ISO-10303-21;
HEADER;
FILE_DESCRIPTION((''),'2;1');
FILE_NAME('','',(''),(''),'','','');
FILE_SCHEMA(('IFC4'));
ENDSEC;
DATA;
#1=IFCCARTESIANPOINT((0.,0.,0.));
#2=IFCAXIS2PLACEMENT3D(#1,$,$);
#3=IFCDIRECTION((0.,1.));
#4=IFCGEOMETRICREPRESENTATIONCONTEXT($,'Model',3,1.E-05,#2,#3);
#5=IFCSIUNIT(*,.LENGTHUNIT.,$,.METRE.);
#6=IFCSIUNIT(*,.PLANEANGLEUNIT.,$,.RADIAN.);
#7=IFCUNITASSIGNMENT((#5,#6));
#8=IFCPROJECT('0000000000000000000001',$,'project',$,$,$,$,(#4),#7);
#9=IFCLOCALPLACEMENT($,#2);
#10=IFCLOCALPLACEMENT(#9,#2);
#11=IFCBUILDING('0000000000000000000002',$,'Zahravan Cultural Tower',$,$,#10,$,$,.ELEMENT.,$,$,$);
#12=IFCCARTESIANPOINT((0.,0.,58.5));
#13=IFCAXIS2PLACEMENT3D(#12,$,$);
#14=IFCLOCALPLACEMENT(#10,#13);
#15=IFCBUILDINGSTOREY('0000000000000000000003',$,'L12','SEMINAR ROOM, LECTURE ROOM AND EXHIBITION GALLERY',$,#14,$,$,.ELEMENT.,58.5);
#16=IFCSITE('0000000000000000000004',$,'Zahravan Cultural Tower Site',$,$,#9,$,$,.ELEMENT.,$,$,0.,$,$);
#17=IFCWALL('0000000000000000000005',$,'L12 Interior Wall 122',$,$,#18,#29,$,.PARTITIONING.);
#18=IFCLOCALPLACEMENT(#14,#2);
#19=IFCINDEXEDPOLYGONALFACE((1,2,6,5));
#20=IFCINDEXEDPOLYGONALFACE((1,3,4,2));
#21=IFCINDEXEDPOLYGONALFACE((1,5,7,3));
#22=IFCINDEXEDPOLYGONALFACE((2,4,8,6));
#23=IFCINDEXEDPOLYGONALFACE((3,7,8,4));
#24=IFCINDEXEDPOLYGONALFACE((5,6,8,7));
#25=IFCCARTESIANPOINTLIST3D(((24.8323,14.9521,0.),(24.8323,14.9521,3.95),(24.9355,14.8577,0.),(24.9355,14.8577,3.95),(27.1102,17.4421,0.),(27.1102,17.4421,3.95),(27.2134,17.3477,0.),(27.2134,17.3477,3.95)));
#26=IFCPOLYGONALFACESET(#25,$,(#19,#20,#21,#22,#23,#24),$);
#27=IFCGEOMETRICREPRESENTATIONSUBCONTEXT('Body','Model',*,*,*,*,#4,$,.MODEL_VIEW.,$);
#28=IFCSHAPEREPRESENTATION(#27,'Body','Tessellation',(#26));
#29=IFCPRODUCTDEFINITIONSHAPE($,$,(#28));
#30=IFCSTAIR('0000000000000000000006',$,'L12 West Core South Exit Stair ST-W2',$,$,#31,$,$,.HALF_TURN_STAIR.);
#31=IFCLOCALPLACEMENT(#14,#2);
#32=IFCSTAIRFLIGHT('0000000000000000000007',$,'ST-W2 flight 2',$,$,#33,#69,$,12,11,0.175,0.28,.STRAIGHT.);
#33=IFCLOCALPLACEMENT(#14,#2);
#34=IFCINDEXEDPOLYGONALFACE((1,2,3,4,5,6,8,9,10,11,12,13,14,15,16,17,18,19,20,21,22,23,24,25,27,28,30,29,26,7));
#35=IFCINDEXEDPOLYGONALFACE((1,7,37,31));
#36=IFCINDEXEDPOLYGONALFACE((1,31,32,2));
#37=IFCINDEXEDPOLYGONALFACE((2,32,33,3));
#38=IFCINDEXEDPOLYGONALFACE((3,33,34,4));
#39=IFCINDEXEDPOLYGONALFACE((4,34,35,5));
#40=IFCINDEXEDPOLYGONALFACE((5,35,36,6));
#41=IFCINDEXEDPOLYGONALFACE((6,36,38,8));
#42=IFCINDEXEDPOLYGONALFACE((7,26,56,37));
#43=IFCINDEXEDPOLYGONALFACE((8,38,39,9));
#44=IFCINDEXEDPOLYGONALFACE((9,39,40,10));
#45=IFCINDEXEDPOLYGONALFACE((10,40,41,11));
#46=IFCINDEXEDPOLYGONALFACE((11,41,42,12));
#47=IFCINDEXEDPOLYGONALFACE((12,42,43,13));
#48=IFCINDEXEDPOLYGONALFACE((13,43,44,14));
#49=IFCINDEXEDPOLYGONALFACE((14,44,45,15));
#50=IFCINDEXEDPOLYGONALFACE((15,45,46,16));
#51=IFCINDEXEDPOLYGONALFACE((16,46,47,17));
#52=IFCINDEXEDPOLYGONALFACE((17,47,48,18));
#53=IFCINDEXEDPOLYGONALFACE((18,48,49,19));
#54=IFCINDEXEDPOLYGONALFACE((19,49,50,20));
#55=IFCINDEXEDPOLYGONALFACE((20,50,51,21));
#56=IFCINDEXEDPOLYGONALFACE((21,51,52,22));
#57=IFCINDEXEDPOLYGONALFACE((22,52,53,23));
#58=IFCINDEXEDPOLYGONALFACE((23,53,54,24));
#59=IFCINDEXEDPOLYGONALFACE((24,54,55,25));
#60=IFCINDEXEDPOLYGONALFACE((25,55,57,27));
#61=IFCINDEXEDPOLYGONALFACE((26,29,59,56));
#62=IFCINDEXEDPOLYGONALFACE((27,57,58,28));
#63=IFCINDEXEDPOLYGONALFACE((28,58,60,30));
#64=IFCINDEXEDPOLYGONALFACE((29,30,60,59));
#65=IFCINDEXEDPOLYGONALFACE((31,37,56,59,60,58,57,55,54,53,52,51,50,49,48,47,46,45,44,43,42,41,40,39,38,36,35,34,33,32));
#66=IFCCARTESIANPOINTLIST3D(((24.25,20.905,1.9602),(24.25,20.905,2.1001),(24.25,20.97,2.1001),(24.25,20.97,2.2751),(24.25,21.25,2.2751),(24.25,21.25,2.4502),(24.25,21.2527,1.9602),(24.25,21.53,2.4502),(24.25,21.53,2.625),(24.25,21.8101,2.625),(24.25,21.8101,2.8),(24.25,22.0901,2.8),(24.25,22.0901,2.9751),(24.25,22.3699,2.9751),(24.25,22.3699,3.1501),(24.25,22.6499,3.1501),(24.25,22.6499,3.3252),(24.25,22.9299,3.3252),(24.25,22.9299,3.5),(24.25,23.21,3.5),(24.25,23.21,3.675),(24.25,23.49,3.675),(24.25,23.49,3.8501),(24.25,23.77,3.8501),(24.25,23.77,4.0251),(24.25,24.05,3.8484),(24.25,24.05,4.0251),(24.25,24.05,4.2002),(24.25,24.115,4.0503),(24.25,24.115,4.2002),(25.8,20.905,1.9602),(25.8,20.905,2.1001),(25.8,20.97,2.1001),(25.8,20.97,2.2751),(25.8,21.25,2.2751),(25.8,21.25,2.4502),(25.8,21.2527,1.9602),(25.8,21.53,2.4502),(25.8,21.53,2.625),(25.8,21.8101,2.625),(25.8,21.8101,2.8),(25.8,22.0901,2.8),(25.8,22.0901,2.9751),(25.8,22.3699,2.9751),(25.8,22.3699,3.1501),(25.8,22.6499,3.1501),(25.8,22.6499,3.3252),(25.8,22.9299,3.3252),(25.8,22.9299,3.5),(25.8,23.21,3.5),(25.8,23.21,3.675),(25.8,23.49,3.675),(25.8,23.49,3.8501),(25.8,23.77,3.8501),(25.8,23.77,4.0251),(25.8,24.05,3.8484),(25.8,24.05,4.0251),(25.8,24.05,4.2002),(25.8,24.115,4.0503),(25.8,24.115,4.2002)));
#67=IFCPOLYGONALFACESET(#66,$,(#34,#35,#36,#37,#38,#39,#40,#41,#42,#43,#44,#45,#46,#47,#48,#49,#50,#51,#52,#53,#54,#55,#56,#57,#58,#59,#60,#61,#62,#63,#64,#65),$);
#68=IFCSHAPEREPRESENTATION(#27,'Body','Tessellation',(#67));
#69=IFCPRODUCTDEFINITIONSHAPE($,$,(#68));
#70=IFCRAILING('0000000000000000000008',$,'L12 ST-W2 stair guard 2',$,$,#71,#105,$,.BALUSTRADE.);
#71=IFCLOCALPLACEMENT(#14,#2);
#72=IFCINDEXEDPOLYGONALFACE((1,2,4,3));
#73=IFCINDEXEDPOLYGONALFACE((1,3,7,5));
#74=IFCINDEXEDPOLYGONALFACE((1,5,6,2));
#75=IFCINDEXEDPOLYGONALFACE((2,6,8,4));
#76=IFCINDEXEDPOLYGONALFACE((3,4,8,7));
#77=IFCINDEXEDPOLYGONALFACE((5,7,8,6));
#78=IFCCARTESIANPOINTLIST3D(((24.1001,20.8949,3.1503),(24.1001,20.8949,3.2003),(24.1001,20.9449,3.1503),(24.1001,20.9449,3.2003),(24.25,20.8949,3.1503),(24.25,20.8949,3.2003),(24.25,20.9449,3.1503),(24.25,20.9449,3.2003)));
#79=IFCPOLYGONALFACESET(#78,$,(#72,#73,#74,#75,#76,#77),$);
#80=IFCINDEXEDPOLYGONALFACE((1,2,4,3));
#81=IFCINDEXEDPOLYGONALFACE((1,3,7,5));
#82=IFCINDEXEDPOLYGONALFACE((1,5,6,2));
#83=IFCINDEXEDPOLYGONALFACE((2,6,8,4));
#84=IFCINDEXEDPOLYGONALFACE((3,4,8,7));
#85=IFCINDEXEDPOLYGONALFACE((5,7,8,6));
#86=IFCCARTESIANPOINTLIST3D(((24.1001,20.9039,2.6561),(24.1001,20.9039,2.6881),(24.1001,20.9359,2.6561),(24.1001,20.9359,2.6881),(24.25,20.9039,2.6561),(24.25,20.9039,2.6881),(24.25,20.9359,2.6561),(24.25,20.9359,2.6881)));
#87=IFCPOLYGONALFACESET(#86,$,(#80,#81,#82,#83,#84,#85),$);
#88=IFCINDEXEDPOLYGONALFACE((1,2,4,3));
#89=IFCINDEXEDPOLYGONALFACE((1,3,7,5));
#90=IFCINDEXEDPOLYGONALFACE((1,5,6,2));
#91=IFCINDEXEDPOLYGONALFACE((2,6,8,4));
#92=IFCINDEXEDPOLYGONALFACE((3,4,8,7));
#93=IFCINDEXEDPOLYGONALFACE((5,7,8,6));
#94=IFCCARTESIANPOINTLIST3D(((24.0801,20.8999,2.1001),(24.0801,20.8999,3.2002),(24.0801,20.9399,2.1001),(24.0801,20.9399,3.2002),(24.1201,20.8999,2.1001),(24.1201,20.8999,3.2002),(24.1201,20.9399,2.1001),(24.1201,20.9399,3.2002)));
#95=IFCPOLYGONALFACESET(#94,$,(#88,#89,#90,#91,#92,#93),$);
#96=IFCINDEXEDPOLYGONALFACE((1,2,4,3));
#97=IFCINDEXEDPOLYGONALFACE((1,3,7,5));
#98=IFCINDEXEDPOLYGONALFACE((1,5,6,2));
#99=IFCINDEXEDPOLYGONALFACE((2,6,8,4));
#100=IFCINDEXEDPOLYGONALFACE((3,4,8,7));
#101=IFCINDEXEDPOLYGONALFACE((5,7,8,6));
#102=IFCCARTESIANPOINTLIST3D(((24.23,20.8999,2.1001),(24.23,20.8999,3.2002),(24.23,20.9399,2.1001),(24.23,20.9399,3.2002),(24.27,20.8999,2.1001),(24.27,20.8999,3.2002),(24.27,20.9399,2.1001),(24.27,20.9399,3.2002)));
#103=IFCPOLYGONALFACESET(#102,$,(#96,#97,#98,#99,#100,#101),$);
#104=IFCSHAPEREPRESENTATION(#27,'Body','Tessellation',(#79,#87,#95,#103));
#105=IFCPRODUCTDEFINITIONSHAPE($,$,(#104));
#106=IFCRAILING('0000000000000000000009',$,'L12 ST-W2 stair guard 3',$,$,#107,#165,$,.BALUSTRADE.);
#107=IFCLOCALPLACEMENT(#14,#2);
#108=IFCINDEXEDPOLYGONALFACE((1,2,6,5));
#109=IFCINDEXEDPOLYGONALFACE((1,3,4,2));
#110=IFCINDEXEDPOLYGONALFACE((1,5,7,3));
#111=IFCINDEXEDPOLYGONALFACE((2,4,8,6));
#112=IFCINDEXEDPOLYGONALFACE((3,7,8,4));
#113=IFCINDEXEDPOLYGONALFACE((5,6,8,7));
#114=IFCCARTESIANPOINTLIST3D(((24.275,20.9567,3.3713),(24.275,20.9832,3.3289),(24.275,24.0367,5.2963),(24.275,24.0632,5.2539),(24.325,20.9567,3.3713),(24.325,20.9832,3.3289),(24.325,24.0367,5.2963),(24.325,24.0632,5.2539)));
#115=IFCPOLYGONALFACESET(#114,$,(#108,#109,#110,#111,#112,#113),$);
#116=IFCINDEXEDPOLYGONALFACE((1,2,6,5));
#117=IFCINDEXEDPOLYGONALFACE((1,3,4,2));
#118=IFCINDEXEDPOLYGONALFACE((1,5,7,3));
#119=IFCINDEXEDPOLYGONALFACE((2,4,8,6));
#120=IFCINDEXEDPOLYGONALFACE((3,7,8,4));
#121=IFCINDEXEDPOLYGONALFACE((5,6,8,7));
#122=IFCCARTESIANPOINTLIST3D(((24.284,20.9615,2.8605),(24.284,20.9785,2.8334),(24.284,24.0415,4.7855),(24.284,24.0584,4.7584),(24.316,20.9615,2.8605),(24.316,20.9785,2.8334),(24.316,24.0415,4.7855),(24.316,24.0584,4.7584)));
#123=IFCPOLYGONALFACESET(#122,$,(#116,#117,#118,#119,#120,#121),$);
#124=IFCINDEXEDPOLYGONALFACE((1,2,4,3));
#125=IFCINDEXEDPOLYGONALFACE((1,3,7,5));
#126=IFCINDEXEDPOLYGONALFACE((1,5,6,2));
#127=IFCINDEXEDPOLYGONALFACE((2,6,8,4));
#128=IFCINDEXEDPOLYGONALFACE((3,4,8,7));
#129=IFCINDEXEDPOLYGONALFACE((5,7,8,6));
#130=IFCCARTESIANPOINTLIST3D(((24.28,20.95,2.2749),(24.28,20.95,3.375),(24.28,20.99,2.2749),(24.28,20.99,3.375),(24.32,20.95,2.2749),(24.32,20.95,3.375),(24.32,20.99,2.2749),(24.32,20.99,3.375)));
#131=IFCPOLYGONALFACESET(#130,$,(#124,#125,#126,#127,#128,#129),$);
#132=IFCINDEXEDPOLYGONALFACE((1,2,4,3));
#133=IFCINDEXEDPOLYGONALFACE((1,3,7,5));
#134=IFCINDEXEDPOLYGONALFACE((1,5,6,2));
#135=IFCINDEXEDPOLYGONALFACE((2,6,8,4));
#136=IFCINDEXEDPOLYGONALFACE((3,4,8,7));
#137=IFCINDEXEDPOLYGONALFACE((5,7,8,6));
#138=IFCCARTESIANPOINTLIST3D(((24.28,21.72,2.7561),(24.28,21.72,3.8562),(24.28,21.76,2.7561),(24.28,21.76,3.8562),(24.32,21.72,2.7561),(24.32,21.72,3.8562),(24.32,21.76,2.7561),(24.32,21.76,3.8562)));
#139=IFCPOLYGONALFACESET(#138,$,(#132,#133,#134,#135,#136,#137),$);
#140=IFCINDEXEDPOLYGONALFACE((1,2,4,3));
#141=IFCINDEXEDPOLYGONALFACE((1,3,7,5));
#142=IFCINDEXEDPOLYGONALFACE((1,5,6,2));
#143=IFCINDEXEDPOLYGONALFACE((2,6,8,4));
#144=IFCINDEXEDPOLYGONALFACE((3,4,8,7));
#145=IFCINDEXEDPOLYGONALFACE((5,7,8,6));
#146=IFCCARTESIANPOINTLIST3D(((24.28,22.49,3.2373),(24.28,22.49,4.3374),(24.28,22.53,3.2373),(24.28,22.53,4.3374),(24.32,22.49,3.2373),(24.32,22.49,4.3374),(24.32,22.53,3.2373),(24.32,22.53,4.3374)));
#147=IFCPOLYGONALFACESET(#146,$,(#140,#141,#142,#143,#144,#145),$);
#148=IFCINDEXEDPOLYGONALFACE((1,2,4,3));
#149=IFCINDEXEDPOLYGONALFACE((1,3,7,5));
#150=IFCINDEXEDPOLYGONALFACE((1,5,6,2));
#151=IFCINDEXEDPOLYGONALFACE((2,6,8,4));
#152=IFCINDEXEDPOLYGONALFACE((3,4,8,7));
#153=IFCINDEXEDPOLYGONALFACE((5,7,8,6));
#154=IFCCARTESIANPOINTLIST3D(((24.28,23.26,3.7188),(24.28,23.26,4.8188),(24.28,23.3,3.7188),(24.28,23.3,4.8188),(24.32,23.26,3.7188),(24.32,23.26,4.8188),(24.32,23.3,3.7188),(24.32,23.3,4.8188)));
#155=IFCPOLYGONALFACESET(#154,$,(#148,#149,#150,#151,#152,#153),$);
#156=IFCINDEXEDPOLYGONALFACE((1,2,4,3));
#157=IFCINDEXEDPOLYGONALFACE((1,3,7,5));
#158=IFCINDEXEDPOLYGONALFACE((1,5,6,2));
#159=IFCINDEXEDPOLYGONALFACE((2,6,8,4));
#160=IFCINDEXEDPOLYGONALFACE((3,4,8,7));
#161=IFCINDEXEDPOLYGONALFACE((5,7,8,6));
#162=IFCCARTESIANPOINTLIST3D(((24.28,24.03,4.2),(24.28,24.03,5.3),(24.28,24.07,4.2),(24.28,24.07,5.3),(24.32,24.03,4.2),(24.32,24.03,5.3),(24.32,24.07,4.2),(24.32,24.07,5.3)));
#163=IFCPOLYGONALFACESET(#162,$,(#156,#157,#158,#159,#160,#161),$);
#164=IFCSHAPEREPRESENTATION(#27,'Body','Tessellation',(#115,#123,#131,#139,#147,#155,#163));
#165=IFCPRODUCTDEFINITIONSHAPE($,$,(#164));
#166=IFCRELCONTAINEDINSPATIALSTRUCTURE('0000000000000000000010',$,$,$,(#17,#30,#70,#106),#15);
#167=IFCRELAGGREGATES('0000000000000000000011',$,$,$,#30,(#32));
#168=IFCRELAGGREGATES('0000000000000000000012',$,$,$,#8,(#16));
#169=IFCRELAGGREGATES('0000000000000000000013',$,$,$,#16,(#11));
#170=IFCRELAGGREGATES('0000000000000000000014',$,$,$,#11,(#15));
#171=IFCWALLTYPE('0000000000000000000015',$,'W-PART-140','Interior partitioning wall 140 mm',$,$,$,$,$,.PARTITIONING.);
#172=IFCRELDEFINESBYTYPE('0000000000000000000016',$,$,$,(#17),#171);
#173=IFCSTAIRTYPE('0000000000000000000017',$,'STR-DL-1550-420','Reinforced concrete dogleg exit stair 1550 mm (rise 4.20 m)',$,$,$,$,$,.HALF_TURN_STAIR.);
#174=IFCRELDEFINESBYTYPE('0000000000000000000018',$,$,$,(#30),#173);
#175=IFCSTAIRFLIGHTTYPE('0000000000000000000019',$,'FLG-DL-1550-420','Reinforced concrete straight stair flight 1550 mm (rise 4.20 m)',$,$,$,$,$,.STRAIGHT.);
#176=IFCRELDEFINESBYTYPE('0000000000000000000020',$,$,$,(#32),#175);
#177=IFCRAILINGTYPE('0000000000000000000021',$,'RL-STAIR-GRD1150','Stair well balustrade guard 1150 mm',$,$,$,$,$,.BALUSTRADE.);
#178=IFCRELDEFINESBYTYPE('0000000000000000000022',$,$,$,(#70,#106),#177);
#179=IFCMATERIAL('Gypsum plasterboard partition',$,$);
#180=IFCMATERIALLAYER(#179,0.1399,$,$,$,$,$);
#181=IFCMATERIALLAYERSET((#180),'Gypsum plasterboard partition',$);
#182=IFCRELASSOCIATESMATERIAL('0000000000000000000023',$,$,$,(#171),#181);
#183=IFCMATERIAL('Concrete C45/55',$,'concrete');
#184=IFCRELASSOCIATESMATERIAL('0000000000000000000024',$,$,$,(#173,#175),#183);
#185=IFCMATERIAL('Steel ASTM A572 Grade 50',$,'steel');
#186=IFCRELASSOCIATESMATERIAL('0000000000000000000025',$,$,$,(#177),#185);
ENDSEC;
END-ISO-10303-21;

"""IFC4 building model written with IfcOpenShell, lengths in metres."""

from ifc_helpers import new_model, si_unit, direction, frame, frame_2d, origin, origin_2d, place, context, subcontext, project, spatial, polyline, rectangle, outline, extrude, source, transform, mapped, material, layer, layer_set, type_object, element, aggregate, save


model = new_model("IFC4")

# Units and contexts
model_context = context("Model", 3, precision=1e-05, world=origin(), true_north=direction((0.0, 1.0)))
body_context = subcontext(model_context, "Body", "Model", "MODEL_VIEW")
ifc_project = project(units=[si_unit("LENGTHUNIT", "METRE"), si_unit("PLANEANGLEUNIT", "RADIAN")], contexts=[model_context])

# Site, building, storey
site_placement = place(None, origin())
site = spatial("IfcSite", under=ifc_project, at=site_placement, Name="Zahravan Cultural Tower Site", CompositionType="ELEMENT", RefElevation=0.0)
building_placement = place(site_placement, origin())
building = spatial("IfcBuilding", under=site, at=building_placement, Name="Zahravan Cultural Tower", CompositionType="ELEMENT")
storey_placement = place(building_placement, frame((0.0, 0.0, 58.5)))
storey = spatial("IfcBuildingStorey", under=building, at=storey_placement, Name="L12", Description="SEMINAR ROOM, LECTURE ROOM AND EXHIBITION GALLERY", CompositionType="ELEMENT", Elevation=58.5)

# Shared definitions
ifc_material_1 = material(Name="Steel ASTM A572 Grade 50", Category="steel")

# Shared definitions
ifc_material_2 = material(Name="Gypsum plasterboard partition")
ifc_layer_1 = layer(ifc_material_2, 0.1399)
ifc_layer_set_1 = layer_set([ifc_layer_1], Name="Gypsum plasterboard partition")
wall_type_1 = type_object("IfcWallType", Name="W-PART-140", Description="Interior partitioning wall 140 mm", PredefinedType="PARTITIONING", material=ifc_layer_set_1)
ifc_material_3 = material(Name="Concrete C45/55", Category="concrete")

# Wall
shared_shape_1 = source(origin(), body_context, "Body", "SweptSolid", [
    extrude(rectangle(XDim=3.3748, YDim=0.1399, at=frame_2d((1.6875, 0.0))), origin(), (0.0, 0.0, 1.0), 3.95),
])
wall_1_placement = place(storey_placement, frame((27.1619, 17.395, 0.0), z_axis=(0.0, 0.0, 1.0), x_axis=(-0.674974, -0.737841, 0.0)))
element("IfcWall", 1, at=wall_1_placement, inside=storey, type_object=wall_type_1, Name="L12 Interior Wall 122", PredefinedType="PARTITIONING", context=body_context, shape_type="MappedRepresentation", body=[
    mapped(shared_shape_1, transform((0.0, 0.0, 0.0), x_axis=(1.0, 0.0, 0.0), y_axis=(0.0, 1.0, 0.0), z_axis=(0.0, 0.0, 1.0), scale=1.0)),
])

# Stair, stair flight
stair_type = type_object("IfcStairType", Name="STR-DL-1550-420", Description="Reinforced concrete dogleg exit stair 1550 mm (rise 4.20 m)", PredefinedType="HALF_TURN_STAIR", material=ifc_material_3)
stair_placement = place(storey_placement, origin())
stair = element("IfcStair", 2, at=stair_placement, inside=storey, type_object=stair_type, Name="L12 West Core South Exit Stair ST-W2", PredefinedType="HALF_TURN_STAIR")
stair_flight_type = type_object("IfcStairFlightType", Name="FLG-DL-1550-420", Description="Reinforced concrete straight stair flight 1550 mm (rise 4.20 m)", PredefinedType="STRAIGHT", material=ifc_material_3)
stair_flight_placement = place(storey_placement, frame((25.0249, 20.97, 2.1001), z_axis=(0.0, 0.0, 1.0), x_axis=(0.0, 1.0, 0.0)))
stair_flight = element("IfcStairFlight", 3, at=stair_flight_placement, type_object=stair_flight_type, Name="ST-W2 flight 2", NumberOfRisers=12, NumberOfTreads=11, PredefinedType="STRAIGHT", RiserHeight=0.175, TreadLength=0.28, context=body_context, shape_type="SweptSolid", body=[
    extrude(outline(polyline([(-0.0649, -0.1399), (-0.0649, 0.0), (0.0, 0.0), (0.0, 0.175), (0.28, 0.175), (0.28, 0.3501), (0.5601, 0.3501), (0.5601, 0.5249), (0.8401, 0.5249), (0.8401, 0.7), (1.1201, 0.7), (1.1201, 0.875), (1.3999, 0.875), (1.3999, 1.05), (1.6799, 1.05), (1.6799, 1.2251), (1.96, 1.2251), (1.96, 1.3999), (2.24, 1.3999), (2.24, 1.575), (2.52, 1.575), (2.52, 1.75), (2.8, 1.75), (2.8, 1.925), (3.0801, 1.925), (3.0801, 2.1001), (3.145, 2.1001), (3.145, 1.9502), (3.0801, 1.7483), (0.2827, -0.1399), (-0.0649, -0.1399)])), frame((0.0, 0.7749, 0.0), z_axis=(0.0, -1.0, 0.0), x_axis=(1.0, 0.0, 0.0)), (0.0, 0.0, 1.0), 1.55),
])
aggregate(stair, [stair_flight])

# Railings
railing_type_1 = type_object("IfcRailingType", Name="RL-STAIR-GRD1150", Description="Stair well balustrade guard 1150 mm", PredefinedType="BALUSTRADE", material=ifc_material_1)
railing_1_placement = place(storey_placement, frame((24.1001, 20.9199, 2.1001)))
element("IfcRailing", 4, at=railing_1_placement, inside=storey, type_object=railing_type_1, Name="L12 ST-W2 stair guard 2", PredefinedType="BALUSTRADE", context=body_context, shape_type="SweptSolid", body=[
    extrude(rectangle(XDim=0.05, YDim=0.05, at=origin_2d()), frame((0.0, 0.0, 1.0752), z_axis=(1.0, 0.0, 0.0), x_axis=(0.0, 1.0, 0.0)), (0.0, 0.0, 1.0), 0.1499),
    extrude(rectangle(XDim=0.032, YDim=0.032, at=origin_2d()), frame((0.0, 0.0, 0.572), z_axis=(1.0, 0.0, 0.0), x_axis=(0.0, 1.0, 0.0)), (0.0, 0.0, 1.0), 0.1499),
    extrude(rectangle(XDim=0.04, YDim=0.04, at=origin_2d()), origin(), (0.0, 0.0, 1.0), 1.1001),
    extrude(rectangle(XDim=0.04, YDim=0.04, at=origin_2d()), frame((0.1499, 0.0, 0.0)), (0.0, 0.0, 1.0), 1.1001),
])
railing_2_placement = place(storey_placement, frame((24.3, 20.97, 2.2749)))
element("IfcRailing", 5, at=railing_2_placement, inside=storey, type_object=railing_type_1, Name="L12 ST-W2 stair guard 3", PredefinedType="BALUSTRADE", context=body_context, shape_type="SweptSolid", body=[
    extrude(rectangle(XDim=0.05, YDim=0.05, at=origin_2d()), frame((0.0, 0.0, 1.0752), z_axis=(0.0, 0.847998, 0.529999), x_axis=(-1.0, 0.0, 0.0)), (0.0, 0.0, 1.0), 3.6321),
    extrude(rectangle(XDim=0.032, YDim=0.032, at=origin_2d()), frame((0.0, 0.0, 0.572), z_axis=(0.0, 0.847998, 0.529999), x_axis=(-1.0, 0.0, 0.0)), (0.0, 0.0, 1.0), 3.6321),
    extrude(rectangle(XDim=0.04, YDim=0.04, at=origin_2d()), origin(), (0.0, 0.0, 1.0), 1.1001),
    extrude(rectangle(XDim=0.04, YDim=0.04, at=origin_2d()), frame((0.0, 0.77, 0.4812)), (0.0, 0.0, 1.0), 1.1001),
    extrude(rectangle(XDim=0.04, YDim=0.04, at=origin_2d()), frame((0.0, 1.54, 0.9624)), (0.0, 0.0, 1.0), 1.1001),
    extrude(rectangle(XDim=0.04, YDim=0.04, at=origin_2d()), frame((0.0, 2.3101, 1.4438)), (0.0, 0.0, 1.0), 1.1001),
    extrude(rectangle(XDim=0.04, YDim=0.04, at=origin_2d()), frame((0.0, 3.0801, 1.925)), (0.0, 0.0, 1.0), 1.1001),
])

save(model, "model.ifc")
